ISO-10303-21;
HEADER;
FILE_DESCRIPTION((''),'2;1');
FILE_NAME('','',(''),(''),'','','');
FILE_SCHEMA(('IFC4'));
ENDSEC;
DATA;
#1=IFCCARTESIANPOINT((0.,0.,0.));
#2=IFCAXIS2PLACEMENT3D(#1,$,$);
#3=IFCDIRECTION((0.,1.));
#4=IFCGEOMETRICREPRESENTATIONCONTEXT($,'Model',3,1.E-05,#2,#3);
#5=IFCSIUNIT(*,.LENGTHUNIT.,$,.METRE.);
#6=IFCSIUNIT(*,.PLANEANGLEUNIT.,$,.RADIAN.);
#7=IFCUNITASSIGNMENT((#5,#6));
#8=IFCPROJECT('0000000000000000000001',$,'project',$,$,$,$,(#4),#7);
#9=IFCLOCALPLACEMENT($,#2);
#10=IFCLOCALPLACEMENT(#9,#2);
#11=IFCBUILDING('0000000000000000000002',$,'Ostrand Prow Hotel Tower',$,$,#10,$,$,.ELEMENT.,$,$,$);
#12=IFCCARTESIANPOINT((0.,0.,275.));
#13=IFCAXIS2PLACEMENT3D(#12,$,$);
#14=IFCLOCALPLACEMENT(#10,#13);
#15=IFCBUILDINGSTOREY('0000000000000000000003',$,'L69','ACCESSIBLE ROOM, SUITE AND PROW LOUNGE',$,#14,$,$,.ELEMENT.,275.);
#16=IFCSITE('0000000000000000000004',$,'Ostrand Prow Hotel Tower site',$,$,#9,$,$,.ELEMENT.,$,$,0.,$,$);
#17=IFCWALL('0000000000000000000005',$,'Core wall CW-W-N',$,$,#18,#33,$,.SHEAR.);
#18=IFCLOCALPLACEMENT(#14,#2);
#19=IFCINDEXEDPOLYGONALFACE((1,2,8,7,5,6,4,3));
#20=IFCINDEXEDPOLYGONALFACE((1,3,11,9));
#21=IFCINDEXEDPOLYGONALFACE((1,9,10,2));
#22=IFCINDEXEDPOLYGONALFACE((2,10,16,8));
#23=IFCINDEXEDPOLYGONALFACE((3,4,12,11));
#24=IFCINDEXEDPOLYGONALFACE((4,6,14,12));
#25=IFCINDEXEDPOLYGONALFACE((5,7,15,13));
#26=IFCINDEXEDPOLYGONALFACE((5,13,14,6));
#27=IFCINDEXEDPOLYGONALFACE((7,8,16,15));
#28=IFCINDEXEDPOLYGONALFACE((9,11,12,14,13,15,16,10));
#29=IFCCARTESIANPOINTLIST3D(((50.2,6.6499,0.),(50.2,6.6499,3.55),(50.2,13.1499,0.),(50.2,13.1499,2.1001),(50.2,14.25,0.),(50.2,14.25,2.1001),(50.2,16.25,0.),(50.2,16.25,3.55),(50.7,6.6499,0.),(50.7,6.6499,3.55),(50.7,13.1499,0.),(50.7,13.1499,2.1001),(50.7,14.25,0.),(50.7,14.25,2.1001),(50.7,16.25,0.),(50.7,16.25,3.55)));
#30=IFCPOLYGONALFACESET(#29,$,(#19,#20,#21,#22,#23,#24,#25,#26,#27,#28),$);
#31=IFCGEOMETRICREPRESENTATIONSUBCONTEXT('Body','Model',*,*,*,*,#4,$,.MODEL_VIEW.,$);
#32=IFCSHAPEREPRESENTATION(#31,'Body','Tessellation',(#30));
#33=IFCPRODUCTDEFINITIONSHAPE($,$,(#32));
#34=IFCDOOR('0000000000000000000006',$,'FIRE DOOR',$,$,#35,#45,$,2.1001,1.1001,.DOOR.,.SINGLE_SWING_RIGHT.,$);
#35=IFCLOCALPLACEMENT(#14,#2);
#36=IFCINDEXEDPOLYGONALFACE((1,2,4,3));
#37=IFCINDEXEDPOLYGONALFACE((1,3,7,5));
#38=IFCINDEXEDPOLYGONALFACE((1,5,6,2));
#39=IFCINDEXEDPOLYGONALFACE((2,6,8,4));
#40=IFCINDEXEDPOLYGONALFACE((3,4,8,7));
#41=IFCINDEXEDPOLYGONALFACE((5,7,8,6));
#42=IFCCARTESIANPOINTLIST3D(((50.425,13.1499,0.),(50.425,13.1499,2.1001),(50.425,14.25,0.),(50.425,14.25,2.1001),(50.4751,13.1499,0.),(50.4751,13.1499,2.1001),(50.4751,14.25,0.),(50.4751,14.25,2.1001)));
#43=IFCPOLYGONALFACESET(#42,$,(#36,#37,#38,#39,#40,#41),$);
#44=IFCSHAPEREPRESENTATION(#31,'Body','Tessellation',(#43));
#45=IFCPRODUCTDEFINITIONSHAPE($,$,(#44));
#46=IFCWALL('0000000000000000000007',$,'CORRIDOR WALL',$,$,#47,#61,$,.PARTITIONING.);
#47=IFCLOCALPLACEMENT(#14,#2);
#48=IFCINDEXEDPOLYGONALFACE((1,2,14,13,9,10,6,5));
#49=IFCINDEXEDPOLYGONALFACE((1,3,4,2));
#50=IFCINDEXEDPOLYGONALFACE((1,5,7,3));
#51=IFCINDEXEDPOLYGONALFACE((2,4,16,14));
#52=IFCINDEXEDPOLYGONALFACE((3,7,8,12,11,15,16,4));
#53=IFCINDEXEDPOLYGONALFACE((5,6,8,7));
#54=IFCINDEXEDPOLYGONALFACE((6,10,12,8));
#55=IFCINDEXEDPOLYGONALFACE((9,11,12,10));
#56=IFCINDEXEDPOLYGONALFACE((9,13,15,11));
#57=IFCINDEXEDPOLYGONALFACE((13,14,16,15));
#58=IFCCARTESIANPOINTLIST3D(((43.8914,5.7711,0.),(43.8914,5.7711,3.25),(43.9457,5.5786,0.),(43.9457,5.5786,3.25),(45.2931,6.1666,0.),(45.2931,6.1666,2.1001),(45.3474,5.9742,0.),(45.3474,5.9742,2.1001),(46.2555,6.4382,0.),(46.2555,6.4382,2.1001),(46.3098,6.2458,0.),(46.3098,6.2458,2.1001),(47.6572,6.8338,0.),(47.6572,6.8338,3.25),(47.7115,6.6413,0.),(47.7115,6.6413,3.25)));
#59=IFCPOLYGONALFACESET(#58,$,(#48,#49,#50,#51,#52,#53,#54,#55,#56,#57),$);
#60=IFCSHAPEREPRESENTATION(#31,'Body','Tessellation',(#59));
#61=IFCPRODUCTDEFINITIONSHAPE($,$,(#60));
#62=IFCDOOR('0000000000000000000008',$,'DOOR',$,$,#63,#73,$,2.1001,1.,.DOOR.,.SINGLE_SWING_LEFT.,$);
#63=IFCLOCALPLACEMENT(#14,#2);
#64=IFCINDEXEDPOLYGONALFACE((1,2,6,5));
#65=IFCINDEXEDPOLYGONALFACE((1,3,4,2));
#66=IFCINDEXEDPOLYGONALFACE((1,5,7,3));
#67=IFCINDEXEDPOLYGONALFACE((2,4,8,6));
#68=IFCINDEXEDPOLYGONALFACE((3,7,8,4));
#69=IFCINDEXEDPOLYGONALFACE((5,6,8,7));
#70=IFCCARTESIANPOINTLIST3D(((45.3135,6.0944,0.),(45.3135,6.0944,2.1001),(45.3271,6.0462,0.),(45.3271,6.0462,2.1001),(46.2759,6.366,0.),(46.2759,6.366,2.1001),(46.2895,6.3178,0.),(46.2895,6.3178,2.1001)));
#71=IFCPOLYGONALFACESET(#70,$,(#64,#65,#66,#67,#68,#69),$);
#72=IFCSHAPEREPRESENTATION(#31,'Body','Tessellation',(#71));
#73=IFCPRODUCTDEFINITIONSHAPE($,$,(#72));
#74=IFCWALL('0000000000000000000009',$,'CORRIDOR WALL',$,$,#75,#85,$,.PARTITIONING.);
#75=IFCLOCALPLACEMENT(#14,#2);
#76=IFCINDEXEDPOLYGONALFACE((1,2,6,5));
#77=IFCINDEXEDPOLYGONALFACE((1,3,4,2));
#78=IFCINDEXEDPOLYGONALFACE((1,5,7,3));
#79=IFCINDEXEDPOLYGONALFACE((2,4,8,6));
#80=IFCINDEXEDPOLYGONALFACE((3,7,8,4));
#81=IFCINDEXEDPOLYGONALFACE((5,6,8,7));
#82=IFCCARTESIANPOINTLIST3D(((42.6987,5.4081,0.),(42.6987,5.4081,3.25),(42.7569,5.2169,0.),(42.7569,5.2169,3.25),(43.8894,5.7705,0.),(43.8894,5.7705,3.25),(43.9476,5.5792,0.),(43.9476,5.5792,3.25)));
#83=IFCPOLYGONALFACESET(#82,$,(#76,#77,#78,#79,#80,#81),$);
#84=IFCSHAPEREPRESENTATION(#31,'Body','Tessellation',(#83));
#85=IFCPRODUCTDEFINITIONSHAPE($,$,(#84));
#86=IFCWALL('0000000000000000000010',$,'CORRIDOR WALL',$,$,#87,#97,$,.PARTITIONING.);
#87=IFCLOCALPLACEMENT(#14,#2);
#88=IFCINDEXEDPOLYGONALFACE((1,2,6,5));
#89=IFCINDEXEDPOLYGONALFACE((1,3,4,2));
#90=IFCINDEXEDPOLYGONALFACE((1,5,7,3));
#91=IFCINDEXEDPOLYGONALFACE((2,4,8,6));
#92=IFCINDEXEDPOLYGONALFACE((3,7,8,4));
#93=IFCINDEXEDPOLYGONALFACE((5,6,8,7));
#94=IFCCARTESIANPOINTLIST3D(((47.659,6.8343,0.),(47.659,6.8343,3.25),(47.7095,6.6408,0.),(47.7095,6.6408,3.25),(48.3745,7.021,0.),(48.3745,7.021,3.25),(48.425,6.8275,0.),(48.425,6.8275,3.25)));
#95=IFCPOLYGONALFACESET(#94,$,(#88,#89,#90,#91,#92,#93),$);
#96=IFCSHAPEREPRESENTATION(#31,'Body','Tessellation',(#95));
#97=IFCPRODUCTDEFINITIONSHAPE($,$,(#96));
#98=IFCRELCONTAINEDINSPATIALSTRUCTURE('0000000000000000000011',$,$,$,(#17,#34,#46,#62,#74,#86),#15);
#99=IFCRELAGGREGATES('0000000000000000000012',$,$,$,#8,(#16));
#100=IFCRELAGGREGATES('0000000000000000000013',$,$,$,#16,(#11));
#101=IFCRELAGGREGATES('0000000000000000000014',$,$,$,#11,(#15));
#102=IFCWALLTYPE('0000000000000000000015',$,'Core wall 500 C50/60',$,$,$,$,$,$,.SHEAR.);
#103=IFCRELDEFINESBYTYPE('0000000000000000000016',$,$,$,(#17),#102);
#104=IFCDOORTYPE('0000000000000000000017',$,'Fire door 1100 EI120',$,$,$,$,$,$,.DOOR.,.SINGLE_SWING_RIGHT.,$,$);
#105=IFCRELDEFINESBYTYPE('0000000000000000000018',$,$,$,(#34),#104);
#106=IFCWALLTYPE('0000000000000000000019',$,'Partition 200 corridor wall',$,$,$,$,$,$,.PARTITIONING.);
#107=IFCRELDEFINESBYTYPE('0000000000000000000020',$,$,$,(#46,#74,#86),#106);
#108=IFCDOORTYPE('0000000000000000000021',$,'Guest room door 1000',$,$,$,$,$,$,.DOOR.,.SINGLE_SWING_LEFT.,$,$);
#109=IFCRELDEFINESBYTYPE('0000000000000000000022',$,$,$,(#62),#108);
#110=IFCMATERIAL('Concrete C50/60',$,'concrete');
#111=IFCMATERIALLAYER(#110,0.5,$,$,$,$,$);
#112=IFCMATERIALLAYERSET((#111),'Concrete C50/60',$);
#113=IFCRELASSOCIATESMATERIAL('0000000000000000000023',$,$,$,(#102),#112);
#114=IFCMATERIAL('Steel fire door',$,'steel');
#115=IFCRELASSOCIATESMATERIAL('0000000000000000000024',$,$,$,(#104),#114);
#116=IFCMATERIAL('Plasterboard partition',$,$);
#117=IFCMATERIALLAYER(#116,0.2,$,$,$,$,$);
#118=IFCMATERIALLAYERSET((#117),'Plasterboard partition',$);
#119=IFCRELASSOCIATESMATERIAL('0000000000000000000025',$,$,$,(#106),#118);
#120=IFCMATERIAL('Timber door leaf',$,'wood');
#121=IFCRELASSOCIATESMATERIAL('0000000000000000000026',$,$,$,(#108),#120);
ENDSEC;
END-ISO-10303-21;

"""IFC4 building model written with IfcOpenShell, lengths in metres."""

from ifc_helpers import new_model, si_unit, direction, frame, frame_2d, origin, place, context, subcontext, project, spatial, rectangle, extrude, material, layer, layer_set, type_object, element, fill, save


model = new_model("IFC4")

# Units and contexts
model_context = context("Model", 3, precision=1e-05, world=origin(), true_north=direction((0.0, 1.0)))
body_context = subcontext(model_context, "Body", "Model", "MODEL_VIEW")
ifc_project = project(units=[si_unit("LENGTHUNIT", "METRE"), si_unit("PLANEANGLEUNIT", "RADIAN")], contexts=[model_context])

# Site, building, storey
site_placement = place(None, origin())
site = spatial("IfcSite", under=ifc_project, at=site_placement, Name="Ostrand Prow Hotel Tower site", CompositionType="ELEMENT", RefElevation=0.0)
building_placement = place(site_placement, origin())
building = spatial("IfcBuilding", under=site, at=building_placement, Name="Ostrand Prow Hotel Tower", CompositionType="ELEMENT")
storey_placement = place(building_placement, frame((0.0, 0.0, 275.0)))
storey = spatial("IfcBuildingStorey", under=building, at=storey_placement, Name="L69", Description="ACCESSIBLE ROOM, SUITE AND PROW LOUNGE", CompositionType="ELEMENT", Elevation=275.0)

# Walls, openings, doors
ifc_material_1 = material(Name="Concrete C50/60", Category="concrete")
ifc_layer_1 = layer(ifc_material_1, 0.5)
ifc_layer_set_1 = layer_set([ifc_layer_1], Name="Concrete C50/60")
wall_type_1 = type_object("IfcWallType", Name="Core wall 500 C50/60", PredefinedType="SHEAR", material=ifc_layer_set_1)
wall_1_placement = place(storey_placement, frame((50.45, 6.6499, 0.0), z_axis=(0.0, 0.0, 1.0), x_axis=(0.0, 1.0, 0.0)))
wall_1 = element("IfcWall", 1, at=wall_1_placement, inside=storey, type_object=wall_type_1, Name="Core wall CW-W-N", PredefinedType="SHEAR", context=body_context, shape_type="SweptSolid", body=[
    extrude(rectangle(XDim=9.6001, YDim=0.5, at=frame_2d((4.8, 0.0))), origin(), (0.0, 0.0, 1.0), 3.55),
])
opening_1_placement = place(wall_1_placement, frame((6.5, 0.0, 0.0)))
opening_1 = element("IfcOpeningElement", 2, at=opening_1_placement, cuts=wall_1, PredefinedType="OPENING", context=body_context, shape_type="SweptSolid", body=[
    extrude(rectangle(XDim=1.1001, YDim=2.1001, at=frame_2d((0.55, 1.05))), frame((0.0, 0.26, 0.0), z_axis=(0.0, -1.0, 0.0), x_axis=(1.0, 0.0, 0.0)), (0.0, 0.0, 1.0), 0.52),
])
ifc_material_2 = material(Name="Steel fire door", Category="steel")
door_type_1 = type_object("IfcDoorType", Name="Fire door 1100 EI120", OperationType="SINGLE_SWING_RIGHT", PredefinedType="DOOR", material=ifc_material_2)
door_1_placement = place(opening_1_placement, origin())
door_1 = element("IfcDoor", 3, at=door_1_placement, inside=storey, type_object=door_type_1, Name="FIRE DOOR", OperationType="SINGLE_SWING_RIGHT", OverallHeight=2.1001, OverallWidth=1.1001, PredefinedType="DOOR", context=body_context, shape_type="SweptSolid", body=[
    extrude(rectangle(XDim=1.1001, YDim=2.1001, at=frame_2d((0.55, 1.05))), frame((0.0, 0.0249, 0.0), z_axis=(0.0, -1.0, 0.0), x_axis=(1.0, 0.0, 0.0)), (0.0, 0.0, 1.0), 0.05),
])
fill(opening_1, door_1)
ifc_material_3 = material(Name="Plasterboard partition")
ifc_layer_2 = layer(ifc_material_3, 0.2)
ifc_layer_set_2 = layer_set([ifc_layer_2], Name="Plasterboard partition")
wall_type_2 = type_object("IfcWallType", Name="Partition 200 corridor wall", PredefinedType="PARTITIONING", material=ifc_layer_set_2)
wall_2_placement = place(storey_placement, frame((43.9185, 5.6748, 0.0), z_axis=(0.0, 0.0, 1.0), x_axis=(0.962411, 0.271596, 0.0)))
wall_2 = element("IfcWall", 4, at=wall_2_placement, inside=storey, type_object=wall_type_2, Name="CORRIDOR WALL", PredefinedType="PARTITIONING", context=body_context, shape_type="SweptSolid", body=[
    extrude(rectangle(XDim=3.9128, YDim=0.2, at=frame_2d((1.9565, 0.0))), origin(), (0.0, 0.0, 1.0), 3.25),
])
opening_2_placement = place(wall_2_placement, frame((1.4565, 0.0, 0.0)))
opening_2 = element("IfcOpeningElement", 5, at=opening_2_placement, cuts=wall_2, PredefinedType="OPENING", context=body_context, shape_type="SweptSolid", body=[
    extrude(rectangle(XDim=1.0, YDim=2.1001, at=frame_2d((0.5, 1.05))), frame((0.0, 0.1099, 0.0), z_axis=(0.0, -1.0, 0.0), x_axis=(1.0, 0.0, 0.0)), (0.0, 0.0, 1.0), 0.22),
])
ifc_material_4 = material(Name="Timber door leaf", Category="wood")
door_type_2 = type_object("IfcDoorType", Name="Guest room door 1000", OperationType="SINGLE_SWING_LEFT", PredefinedType="DOOR", material=ifc_material_4)
door_2_placement = place(opening_2_placement, origin())
door_2 = element("IfcDoor", 6, at=door_2_placement, inside=storey, type_object=door_type_2, Name="DOOR", OperationType="SINGLE_SWING_LEFT", OverallHeight=2.1001, OverallWidth=1.0, PredefinedType="DOOR", context=body_context, shape_type="SweptSolid", body=[
    extrude(rectangle(XDim=1.0, YDim=2.1001, at=frame_2d((0.5, 1.05))), frame((0.0, 0.0249, 0.0), z_axis=(0.0, -1.0, 0.0), x_axis=(1.0, 0.0, 0.0)), (0.0, 0.0, 1.0), 0.05),
])
fill(opening_2, door_2)

# Walls
wall_3_placement = place(storey_placement, frame((42.7278, 5.3125, 0.0), z_axis=(0.0, 0.0, 1.0), x_axis=(0.956691, 0.291107, 0.0)))
element("IfcWall", 7, at=wall_3_placement, inside=storey, type_object=wall_type_2, Name="CORRIDOR WALL", PredefinedType="PARTITIONING", context=body_context, shape_type="SweptSolid", body=[
    extrude(rectangle(XDim=1.2446, YDim=0.2, at=frame_2d((0.6223, 0.0))), origin(), (0.0, 0.0, 1.0), 3.25),
])
wall_4_placement = place(storey_placement, frame((47.6843, 6.7375, 0.0), z_axis=(0.0, 0.0, 1.0), x_axis=(0.967586, 0.252543, 0.0)))
element("IfcWall", 8, at=wall_4_placement, inside=storey, type_object=wall_type_2, Name="CORRIDOR WALL", PredefinedType="PARTITIONING", context=body_context, shape_type="SweptSolid", body=[
    extrude(rectangle(XDim=0.7395, YDim=0.2, at=frame_2d((0.3696, 0.0))), origin(), (0.0, 0.0, 1.0), 3.25),
])

save(model, "model.ifc")
